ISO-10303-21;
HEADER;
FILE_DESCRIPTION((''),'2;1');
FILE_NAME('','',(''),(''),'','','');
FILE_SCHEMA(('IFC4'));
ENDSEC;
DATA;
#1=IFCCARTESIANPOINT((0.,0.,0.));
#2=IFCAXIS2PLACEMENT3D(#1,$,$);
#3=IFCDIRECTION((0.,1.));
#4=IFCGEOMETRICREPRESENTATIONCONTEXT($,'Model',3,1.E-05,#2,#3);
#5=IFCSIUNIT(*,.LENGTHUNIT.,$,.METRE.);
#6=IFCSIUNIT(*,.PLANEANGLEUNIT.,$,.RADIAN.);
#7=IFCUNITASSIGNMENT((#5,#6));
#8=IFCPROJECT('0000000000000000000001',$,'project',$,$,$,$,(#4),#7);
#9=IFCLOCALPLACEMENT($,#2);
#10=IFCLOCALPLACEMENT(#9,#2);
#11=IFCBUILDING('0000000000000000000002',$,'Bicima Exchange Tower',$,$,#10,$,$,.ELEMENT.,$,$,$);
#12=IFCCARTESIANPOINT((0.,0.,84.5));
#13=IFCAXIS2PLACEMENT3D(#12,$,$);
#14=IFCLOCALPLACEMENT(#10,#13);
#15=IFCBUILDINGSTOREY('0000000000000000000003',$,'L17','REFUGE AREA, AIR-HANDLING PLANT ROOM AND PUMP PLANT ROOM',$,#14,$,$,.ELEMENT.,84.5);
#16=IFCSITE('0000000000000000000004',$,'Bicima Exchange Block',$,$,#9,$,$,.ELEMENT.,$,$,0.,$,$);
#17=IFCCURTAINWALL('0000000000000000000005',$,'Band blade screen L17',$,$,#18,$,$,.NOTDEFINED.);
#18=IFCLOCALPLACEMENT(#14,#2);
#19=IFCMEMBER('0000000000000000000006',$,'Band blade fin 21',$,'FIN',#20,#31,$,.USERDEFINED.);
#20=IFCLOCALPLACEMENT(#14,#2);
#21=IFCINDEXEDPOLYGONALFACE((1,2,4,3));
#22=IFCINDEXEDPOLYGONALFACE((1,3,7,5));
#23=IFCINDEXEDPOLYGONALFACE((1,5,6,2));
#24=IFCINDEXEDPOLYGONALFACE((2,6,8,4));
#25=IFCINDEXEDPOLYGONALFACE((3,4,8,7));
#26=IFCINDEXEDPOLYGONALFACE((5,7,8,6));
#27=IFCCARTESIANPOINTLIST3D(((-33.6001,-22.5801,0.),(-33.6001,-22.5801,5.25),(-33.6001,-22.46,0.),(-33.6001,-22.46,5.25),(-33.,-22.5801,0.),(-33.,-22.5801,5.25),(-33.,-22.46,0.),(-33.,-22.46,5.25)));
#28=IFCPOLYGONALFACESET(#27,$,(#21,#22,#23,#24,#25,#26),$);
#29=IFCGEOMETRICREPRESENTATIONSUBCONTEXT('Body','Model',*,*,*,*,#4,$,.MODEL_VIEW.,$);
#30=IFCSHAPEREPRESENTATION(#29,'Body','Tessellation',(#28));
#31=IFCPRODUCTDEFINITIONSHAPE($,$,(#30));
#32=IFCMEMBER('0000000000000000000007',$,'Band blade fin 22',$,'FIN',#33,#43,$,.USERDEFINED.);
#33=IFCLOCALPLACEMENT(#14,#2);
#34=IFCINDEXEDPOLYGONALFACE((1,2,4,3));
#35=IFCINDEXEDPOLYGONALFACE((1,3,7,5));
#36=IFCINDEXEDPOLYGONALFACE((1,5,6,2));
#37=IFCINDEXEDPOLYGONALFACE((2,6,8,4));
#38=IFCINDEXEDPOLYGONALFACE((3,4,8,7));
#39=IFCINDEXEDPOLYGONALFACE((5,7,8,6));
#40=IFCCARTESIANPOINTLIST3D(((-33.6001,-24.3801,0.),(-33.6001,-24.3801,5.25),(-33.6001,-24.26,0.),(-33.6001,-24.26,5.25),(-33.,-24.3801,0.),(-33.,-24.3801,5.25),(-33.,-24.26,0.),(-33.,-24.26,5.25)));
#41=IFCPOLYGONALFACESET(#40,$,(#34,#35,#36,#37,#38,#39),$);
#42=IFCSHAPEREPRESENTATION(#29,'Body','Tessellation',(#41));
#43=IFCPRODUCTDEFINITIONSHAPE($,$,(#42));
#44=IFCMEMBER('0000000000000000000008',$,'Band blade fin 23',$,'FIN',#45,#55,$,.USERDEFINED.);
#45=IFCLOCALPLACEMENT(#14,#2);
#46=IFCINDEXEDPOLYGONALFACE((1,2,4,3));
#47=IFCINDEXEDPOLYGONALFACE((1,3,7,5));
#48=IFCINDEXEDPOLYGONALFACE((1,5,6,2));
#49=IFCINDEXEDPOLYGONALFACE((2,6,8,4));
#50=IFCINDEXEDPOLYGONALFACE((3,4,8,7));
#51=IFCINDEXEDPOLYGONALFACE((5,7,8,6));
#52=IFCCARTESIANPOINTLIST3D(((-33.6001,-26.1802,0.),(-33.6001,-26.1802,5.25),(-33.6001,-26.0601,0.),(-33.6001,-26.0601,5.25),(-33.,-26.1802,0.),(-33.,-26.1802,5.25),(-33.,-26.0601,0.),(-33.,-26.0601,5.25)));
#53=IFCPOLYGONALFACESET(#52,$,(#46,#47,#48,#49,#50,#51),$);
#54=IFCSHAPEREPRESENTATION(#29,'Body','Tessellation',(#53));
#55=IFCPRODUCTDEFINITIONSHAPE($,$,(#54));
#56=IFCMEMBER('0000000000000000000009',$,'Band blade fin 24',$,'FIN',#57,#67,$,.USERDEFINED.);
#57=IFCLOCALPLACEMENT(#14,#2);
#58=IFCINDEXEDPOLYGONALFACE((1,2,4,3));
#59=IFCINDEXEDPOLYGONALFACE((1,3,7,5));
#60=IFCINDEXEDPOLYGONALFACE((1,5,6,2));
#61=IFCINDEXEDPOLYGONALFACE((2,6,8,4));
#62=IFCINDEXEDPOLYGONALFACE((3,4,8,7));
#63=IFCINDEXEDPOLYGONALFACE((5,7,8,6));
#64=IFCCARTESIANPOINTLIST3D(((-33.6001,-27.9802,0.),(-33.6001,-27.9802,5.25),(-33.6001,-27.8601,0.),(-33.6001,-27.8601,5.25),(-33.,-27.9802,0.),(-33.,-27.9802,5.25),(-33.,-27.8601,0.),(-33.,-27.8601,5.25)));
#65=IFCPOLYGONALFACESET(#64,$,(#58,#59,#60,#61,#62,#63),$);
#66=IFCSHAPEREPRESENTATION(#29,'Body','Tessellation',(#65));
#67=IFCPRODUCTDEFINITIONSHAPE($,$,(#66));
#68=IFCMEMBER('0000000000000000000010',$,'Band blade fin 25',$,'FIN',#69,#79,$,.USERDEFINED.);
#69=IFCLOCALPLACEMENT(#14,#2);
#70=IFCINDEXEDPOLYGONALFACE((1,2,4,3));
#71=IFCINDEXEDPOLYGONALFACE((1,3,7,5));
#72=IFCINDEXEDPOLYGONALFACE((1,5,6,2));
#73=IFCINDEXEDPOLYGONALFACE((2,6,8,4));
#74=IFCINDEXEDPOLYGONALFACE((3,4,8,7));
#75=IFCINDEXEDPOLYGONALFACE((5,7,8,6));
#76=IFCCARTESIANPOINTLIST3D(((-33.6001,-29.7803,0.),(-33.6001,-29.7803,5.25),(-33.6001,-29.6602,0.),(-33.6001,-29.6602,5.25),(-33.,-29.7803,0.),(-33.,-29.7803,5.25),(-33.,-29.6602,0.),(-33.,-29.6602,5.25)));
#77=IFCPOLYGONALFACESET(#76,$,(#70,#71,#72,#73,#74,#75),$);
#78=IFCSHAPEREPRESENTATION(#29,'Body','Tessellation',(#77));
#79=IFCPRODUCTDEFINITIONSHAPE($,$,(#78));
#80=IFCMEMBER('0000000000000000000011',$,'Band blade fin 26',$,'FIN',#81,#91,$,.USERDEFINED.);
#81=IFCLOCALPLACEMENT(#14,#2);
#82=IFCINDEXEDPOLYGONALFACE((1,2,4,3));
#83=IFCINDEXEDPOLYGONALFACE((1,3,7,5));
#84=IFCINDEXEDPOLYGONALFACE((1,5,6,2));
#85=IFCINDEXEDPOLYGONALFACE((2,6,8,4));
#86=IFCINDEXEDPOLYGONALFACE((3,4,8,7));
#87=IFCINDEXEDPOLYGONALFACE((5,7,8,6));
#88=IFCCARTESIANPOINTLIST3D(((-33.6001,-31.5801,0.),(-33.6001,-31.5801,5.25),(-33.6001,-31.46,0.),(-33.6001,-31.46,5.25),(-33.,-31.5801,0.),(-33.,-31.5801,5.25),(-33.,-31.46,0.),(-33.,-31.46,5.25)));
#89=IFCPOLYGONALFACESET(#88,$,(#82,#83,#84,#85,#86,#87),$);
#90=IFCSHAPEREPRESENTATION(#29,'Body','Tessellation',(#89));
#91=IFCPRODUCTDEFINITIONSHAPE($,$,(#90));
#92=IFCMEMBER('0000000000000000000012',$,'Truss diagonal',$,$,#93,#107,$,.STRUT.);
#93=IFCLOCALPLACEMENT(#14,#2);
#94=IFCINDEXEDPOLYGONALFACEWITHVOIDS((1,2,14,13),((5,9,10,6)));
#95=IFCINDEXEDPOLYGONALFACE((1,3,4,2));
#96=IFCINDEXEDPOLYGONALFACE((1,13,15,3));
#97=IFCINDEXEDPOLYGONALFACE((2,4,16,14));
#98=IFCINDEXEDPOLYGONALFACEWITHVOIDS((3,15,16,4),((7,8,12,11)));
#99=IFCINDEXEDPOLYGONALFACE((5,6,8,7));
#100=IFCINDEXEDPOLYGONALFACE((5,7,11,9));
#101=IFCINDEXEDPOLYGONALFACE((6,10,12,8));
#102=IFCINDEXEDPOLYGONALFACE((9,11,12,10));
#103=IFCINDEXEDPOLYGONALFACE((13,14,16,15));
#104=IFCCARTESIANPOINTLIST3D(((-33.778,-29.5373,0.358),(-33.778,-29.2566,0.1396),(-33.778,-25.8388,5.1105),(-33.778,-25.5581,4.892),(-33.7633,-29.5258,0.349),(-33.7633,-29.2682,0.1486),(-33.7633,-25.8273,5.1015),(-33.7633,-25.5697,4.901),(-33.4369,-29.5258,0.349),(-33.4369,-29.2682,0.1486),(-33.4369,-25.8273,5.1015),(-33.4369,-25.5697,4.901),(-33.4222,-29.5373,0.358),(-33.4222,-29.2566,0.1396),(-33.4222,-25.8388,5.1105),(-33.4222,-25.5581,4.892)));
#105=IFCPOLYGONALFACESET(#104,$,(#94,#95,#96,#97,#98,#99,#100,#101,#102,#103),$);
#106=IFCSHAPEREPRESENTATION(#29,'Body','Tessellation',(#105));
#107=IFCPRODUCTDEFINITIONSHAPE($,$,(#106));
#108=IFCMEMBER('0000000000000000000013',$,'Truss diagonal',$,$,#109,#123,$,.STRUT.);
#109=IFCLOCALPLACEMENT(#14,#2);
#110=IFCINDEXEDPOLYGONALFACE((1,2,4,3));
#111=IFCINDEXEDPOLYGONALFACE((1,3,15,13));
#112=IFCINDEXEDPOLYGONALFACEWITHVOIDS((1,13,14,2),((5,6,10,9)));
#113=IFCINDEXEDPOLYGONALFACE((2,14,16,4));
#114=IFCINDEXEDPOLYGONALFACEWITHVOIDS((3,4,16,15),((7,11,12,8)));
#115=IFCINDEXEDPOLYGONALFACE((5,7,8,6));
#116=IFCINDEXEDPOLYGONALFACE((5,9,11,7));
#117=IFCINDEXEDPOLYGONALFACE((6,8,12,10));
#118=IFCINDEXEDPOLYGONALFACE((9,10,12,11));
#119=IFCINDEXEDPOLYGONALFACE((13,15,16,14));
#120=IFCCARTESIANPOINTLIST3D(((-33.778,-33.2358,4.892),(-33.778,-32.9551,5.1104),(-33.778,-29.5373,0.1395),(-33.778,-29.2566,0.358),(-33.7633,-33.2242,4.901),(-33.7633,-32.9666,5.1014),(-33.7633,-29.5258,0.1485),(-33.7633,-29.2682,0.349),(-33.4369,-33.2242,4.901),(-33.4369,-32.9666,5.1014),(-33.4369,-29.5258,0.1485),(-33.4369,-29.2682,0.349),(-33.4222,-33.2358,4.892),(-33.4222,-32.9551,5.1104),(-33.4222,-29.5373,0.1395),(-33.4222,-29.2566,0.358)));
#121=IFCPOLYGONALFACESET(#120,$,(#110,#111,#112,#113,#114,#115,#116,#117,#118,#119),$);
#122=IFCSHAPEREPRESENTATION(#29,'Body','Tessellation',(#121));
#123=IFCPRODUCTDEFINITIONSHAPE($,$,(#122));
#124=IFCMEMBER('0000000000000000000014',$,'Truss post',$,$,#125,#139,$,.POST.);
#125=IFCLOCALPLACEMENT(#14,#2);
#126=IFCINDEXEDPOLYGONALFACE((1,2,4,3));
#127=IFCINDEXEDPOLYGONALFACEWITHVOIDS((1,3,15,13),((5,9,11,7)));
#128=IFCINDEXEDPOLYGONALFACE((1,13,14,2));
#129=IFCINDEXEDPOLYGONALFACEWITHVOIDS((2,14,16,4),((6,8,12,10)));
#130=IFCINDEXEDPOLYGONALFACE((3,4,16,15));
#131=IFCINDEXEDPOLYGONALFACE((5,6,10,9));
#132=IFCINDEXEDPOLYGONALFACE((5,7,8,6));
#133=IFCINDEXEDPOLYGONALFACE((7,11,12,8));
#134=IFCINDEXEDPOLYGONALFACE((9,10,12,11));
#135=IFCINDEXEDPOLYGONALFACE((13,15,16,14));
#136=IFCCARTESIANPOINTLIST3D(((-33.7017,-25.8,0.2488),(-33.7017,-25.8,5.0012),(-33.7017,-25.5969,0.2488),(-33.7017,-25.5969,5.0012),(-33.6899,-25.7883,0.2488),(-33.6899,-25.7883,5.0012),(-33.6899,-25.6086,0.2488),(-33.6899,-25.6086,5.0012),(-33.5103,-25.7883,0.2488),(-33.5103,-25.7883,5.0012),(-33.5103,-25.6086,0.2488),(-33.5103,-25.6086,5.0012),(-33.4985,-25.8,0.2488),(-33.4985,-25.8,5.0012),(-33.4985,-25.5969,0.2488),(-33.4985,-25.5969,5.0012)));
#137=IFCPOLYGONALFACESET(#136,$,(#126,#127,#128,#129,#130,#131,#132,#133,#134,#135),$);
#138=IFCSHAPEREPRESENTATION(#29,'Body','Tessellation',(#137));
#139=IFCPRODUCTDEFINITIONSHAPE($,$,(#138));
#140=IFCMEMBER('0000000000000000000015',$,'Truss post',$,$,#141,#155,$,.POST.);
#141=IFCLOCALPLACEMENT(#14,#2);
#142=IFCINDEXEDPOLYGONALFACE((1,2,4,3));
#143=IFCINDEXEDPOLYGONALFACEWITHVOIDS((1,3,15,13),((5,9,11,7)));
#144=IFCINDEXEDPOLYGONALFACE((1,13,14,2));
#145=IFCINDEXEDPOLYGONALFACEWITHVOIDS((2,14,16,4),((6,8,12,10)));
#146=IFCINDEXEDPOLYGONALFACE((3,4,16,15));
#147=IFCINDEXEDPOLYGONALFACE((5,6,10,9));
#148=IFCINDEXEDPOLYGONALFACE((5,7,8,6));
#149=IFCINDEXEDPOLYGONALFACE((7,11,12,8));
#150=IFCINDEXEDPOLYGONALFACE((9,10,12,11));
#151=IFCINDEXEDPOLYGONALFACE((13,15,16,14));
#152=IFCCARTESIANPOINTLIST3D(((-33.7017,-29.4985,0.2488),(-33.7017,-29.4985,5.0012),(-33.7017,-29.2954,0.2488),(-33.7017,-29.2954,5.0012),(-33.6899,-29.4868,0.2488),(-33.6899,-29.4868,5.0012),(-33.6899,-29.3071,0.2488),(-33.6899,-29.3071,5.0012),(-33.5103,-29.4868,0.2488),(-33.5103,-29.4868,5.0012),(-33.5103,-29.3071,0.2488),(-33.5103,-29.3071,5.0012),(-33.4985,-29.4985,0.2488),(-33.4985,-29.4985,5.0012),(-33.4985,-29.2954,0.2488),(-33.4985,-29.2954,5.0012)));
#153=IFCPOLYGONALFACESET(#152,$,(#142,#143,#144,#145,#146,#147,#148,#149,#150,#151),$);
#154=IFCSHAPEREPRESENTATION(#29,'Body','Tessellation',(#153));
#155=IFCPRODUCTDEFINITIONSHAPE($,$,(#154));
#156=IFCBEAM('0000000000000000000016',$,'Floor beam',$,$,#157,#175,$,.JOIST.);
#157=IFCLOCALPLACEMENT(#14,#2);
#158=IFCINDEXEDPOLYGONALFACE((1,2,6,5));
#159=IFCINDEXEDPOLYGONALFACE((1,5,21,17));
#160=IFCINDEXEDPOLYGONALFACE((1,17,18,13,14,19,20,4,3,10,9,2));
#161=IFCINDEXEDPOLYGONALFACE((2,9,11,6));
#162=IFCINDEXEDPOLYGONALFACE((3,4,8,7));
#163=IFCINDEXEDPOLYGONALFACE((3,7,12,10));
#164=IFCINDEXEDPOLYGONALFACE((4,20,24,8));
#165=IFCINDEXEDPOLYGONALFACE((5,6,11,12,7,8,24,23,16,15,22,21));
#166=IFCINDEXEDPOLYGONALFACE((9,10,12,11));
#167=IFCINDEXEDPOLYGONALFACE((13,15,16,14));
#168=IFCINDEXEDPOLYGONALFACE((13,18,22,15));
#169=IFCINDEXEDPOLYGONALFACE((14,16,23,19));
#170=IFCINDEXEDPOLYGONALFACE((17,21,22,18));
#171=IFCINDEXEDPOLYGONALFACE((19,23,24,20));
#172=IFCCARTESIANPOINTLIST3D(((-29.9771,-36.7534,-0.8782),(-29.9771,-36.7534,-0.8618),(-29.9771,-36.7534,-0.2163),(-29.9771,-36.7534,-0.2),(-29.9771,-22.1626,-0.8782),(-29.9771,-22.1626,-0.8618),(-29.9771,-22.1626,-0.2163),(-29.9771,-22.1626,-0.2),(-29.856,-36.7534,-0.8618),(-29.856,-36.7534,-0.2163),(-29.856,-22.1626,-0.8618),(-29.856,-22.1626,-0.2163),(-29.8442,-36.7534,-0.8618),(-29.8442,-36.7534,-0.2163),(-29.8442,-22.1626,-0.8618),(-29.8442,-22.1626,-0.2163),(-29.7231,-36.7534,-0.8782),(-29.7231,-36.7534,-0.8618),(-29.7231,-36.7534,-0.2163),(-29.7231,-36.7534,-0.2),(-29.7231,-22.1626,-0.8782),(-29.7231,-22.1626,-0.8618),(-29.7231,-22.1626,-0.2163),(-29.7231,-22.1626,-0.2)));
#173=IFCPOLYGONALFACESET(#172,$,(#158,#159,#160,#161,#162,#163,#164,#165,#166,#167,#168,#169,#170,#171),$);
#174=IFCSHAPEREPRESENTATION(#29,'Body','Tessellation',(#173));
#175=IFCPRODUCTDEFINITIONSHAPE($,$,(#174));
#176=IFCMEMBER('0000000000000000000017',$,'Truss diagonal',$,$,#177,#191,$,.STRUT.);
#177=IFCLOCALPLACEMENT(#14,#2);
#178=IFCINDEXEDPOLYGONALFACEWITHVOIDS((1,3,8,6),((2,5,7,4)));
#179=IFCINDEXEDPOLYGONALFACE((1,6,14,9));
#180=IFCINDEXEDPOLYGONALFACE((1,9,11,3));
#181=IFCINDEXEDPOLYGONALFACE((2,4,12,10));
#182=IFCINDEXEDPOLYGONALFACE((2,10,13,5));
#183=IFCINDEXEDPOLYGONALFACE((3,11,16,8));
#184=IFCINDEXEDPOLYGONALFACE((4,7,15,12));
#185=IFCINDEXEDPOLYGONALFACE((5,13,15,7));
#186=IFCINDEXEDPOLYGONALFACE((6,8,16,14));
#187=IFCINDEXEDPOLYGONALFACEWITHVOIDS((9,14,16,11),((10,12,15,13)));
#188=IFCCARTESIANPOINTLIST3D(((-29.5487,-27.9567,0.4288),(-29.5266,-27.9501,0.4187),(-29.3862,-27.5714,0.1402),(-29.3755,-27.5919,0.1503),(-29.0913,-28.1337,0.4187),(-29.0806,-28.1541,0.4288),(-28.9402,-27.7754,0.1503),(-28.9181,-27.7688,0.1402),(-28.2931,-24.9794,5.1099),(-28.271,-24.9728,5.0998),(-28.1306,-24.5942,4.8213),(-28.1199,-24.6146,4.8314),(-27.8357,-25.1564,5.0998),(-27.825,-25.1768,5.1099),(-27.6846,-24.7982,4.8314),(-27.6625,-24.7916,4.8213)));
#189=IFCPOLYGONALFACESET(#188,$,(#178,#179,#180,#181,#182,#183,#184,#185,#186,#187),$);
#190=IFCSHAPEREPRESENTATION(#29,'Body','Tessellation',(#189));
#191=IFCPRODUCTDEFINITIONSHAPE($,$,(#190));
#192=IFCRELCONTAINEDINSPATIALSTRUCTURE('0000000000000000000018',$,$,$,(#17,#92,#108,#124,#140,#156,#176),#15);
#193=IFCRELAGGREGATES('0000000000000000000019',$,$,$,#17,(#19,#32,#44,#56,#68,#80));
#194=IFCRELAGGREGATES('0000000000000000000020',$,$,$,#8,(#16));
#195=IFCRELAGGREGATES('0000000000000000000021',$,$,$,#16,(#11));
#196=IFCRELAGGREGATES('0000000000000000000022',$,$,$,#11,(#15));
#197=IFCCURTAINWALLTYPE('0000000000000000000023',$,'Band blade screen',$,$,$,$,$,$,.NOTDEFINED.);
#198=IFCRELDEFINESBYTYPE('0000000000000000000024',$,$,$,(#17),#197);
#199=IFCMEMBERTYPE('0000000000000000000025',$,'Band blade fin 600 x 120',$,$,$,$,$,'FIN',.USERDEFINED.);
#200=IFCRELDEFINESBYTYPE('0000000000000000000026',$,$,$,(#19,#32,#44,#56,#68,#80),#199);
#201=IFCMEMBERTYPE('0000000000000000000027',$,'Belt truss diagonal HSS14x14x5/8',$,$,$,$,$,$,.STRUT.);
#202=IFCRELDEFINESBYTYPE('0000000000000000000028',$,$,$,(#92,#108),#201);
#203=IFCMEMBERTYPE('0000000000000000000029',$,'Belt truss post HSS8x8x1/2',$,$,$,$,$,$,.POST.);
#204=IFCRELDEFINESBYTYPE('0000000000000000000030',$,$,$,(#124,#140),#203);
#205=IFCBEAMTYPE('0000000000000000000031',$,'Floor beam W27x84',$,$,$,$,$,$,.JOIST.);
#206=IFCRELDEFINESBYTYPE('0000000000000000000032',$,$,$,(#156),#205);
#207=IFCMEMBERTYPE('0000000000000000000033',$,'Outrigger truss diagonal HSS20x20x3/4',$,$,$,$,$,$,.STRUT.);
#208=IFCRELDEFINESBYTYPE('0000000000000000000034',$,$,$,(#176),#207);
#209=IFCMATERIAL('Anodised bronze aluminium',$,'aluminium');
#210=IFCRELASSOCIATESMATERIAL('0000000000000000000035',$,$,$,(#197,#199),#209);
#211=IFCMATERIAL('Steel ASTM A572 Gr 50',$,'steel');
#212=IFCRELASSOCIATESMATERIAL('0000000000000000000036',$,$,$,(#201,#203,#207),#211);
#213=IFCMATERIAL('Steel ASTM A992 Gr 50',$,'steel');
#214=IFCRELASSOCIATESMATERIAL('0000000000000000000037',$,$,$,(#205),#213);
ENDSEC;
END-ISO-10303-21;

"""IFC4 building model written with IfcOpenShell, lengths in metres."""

from ifc_helpers import new_model, si_unit, direction, frame, origin, origin_2d, place, context, subcontext, project, spatial, rectangle, hollow_rectangle, i_section, extrude, material, material_profile, profile_set, type_object, element, aggregate, save


model = new_model("IFC4")

# Units and contexts
model_context = context("Model", 3, precision=1e-05, world=origin(), true_north=direction((0.0, 1.0)))
body_context = subcontext(model_context, "Body", "Model", "MODEL_VIEW")
ifc_project = project(units=[si_unit("LENGTHUNIT", "METRE"), si_unit("PLANEANGLEUNIT", "RADIAN")], contexts=[model_context])

# Site, building, storey
site_placement = place(None, origin())
site = spatial("IfcSite", under=ifc_project, at=site_placement, Name="Bicima Exchange Block", CompositionType="ELEMENT", RefElevation=0.0)
building_placement = place(site_placement, origin())
building = spatial("IfcBuilding", under=site, at=building_placement, Name="Bicima Exchange Tower", CompositionType="ELEMENT")
storey_placement = place(building_placement, frame((0.0, 0.0, 84.5)))
storey = spatial("IfcBuildingStorey", under=building, at=storey_placement, Name="L17", Description="REFUGE AREA, AIR-HANDLING PLANT ROOM AND PUMP PLANT ROOM", CompositionType="ELEMENT", Elevation=84.5)

# Curtain wall, members
ifc_material_1 = material(Name="Anodised bronze aluminium", Category="aluminium")
curtain_wall_type = type_object("IfcCurtainWallType", Name="Band blade screen", PredefinedType="NOTDEFINED", material=ifc_material_1)
curtain_wall_placement = place(storey_placement, origin())
curtain_wall = element("IfcCurtainWall", 1, at=curtain_wall_placement, inside=storey, type_object=curtain_wall_type, Name="Band blade screen L17", PredefinedType="NOTDEFINED")
ifc_material_profile_1 = material_profile(ifc_material_1, rectangle(XDim=0.6001, YDim=0.1201, at=origin_2d()))
ifc_profile_set_1 = profile_set([ifc_material_profile_1], Name="Anodised bronze aluminium")
member_type_1 = type_object("IfcMemberType", Name="Band blade fin 600 x 120", ElementType="FIN", PredefinedType="USERDEFINED", material=ifc_profile_set_1)
member_1_placement = place(storey_placement, frame((-33.3, -22.52, 0.0), z_axis=(0.0, 0.0, 1.0), x_axis=(1.0, 0.0, 0.0)))
member_1 = element("IfcMember", 2, at=member_1_placement, type_object=member_type_1, Name="Band blade fin 21", ObjectType="FIN", PredefinedType="USERDEFINED", context=body_context, shape_type="SweptSolid", body=[
    extrude(rectangle(XDim=0.6001, YDim=0.1201, at=origin_2d()), origin(), (0.0, 0.0, 1.0), 5.25),
])
member_2_placement = place(storey_placement, frame((-33.3, -24.3201, 0.0), z_axis=(0.0, 0.0, 1.0), x_axis=(1.0, 0.0, 0.0)))
member_2 = element("IfcMember", 3, at=member_2_placement, type_object=member_type_1, Name="Band blade fin 22", ObjectType="FIN", PredefinedType="USERDEFINED", context=body_context, shape_type="SweptSolid", body=[
    extrude(rectangle(XDim=0.6001, YDim=0.1201, at=origin_2d()), origin(), (0.0, 0.0, 1.0), 5.25),
])
member_3_placement = place(storey_placement, frame((-33.3, -26.1201, 0.0), z_axis=(0.0, 0.0, 1.0), x_axis=(1.0, 0.0, 0.0)))
member_3 = element("IfcMember", 4, at=member_3_placement, type_object=member_type_1, Name="Band blade fin 23", ObjectType="FIN", PredefinedType="USERDEFINED", context=body_context, shape_type="SweptSolid", body=[
    extrude(rectangle(XDim=0.6001, YDim=0.1201, at=origin_2d()), origin(), (0.0, 0.0, 1.0), 5.25),
])
member_4_placement = place(storey_placement, frame((-33.3, -27.9202, 0.0), z_axis=(0.0, 0.0, 1.0), x_axis=(1.0, 0.0, 0.0)))
member_4 = element("IfcMember", 5, at=member_4_placement, type_object=member_type_1, Name="Band blade fin 24", ObjectType="FIN", PredefinedType="USERDEFINED", context=body_context, shape_type="SweptSolid", body=[
    extrude(rectangle(XDim=0.6001, YDim=0.1201, at=origin_2d()), origin(), (0.0, 0.0, 1.0), 5.25),
])
member_5_placement = place(storey_placement, frame((-33.3, -29.7202, 0.0), z_axis=(0.0, 0.0, 1.0), x_axis=(1.0, 0.0, 0.0)))
member_5 = element("IfcMember", 6, at=member_5_placement, type_object=member_type_1, Name="Band blade fin 25", ObjectType="FIN", PredefinedType="USERDEFINED", context=body_context, shape_type="SweptSolid", body=[
    extrude(rectangle(XDim=0.6001, YDim=0.1201, at=origin_2d()), origin(), (0.0, 0.0, 1.0), 5.25),
])
member_6_placement = place(storey_placement, frame((-33.3, -31.52, 0.0), z_axis=(0.0, 0.0, 1.0), x_axis=(1.0, 0.0, 0.0)))
member_6 = element("IfcMember", 7, at=member_6_placement, type_object=member_type_1, Name="Band blade fin 26", ObjectType="FIN", PredefinedType="USERDEFINED", context=body_context, shape_type="SweptSolid", body=[
    extrude(rectangle(XDim=0.6001, YDim=0.1201, at=origin_2d()), origin(), (0.0, 0.0, 1.0), 5.25),
])
aggregate(curtain_wall, [member_1, member_2, member_3, member_4, member_5, member_6])

# Members
ifc_material_2 = material(Name="Steel ASTM A572 Gr 50", Category="steel")
ifc_material_profile_2 = material_profile(ifc_material_2, hollow_rectangle(XDim=0.3557, YDim=0.3557, WallThickness=0.0146, at=origin_2d()))
ifc_profile_set_2 = profile_set([ifc_material_profile_2], Name="Steel ASTM A572 Gr 50")
member_type_2 = type_object("IfcMemberType", Name="Belt truss diagonal HSS14x14x5/8", PredefinedType="STRUT", material=ifc_profile_set_2)
for number, where, z_axis, x_axis, name in (
    (8, (-33.6001, -25.6985, 5.0012), (0.0, -0.614162, -0.78918), (1.0, 0.0, 0.0), "Truss diagonal"),
    (9, (-33.6001, -29.397, 0.2488), (0.0, -0.614162, 0.78918), (1.0, 0.0, 0.0), "Truss diagonal"),
):
    element("IfcMember", number, at=place(storey_placement, frame(where, z_axis=z_axis, x_axis=x_axis)), inside=storey, type_object=member_type_2, Name=name, PredefinedType="STRUT", context=body_context, shape_type="SweptSolid", body=[
        extrude(hollow_rectangle(XDim=0.3557, YDim=0.3557, WallThickness=0.0146, at=origin_2d()), origin(), (0.0, 0.0, 1.0), 6.022),
    ])
ifc_material_profile_3 = material_profile(ifc_material_2, hollow_rectangle(XDim=0.2031, YDim=0.2031, WallThickness=0.0117, at=origin_2d()))
ifc_profile_set_3 = profile_set([ifc_material_profile_3], Name="Steel ASTM A572 Gr 50")
member_type_3 = type_object("IfcMemberType", Name="Belt truss post HSS8x8x1/2", PredefinedType="POST", material=ifc_profile_set_3)
for number, where, z_axis, x_axis, name in (
    (10, (-33.6001, -25.6985, 0.2488), (0.0, 0.0, 1.0), (1.0, 0.0, 0.0), "Truss post"),
    (11, (-33.6001, -29.397, 0.2488), (0.0, 0.0, 1.0), (1.0, 0.0, 0.0), "Truss post"),
):
    element("IfcMember", number, at=place(storey_placement, frame(where, z_axis=z_axis, x_axis=x_axis)), inside=storey, type_object=member_type_3, Name=name, PredefinedType="POST", context=body_context, shape_type="SweptSolid", body=[
        extrude(hollow_rectangle(XDim=0.2031, YDim=0.2031, WallThickness=0.0117, at=origin_2d()), origin(), (0.0, 0.0, 1.0), 4.7524),
    ])

# Beam
ifc_material_3 = material(Name="Steel ASTM A992 Gr 50", Category="steel")
ifc_material_profile_4 = material_profile(ifc_material_3, i_section(OverallWidth=0.2539, OverallDepth=0.6782, WebThickness=0.0117, FlangeThickness=0.0164, at=origin_2d()))
ifc_profile_set_4 = profile_set([ifc_material_profile_4], Name="Steel ASTM A992 Gr 50")
beam_type = type_object("IfcBeamType", Name="Floor beam W27x84", PredefinedType="JOIST", material=ifc_profile_set_4)
beam_placement = place(storey_placement, frame((-29.8501, -22.1626, -0.5391), z_axis=(0.0, -1.0, 0.0), x_axis=(1.0, 0.0, 0.0)))
element("IfcBeam", 12, at=beam_placement, inside=storey, type_object=beam_type, Name="Floor beam", PredefinedType="JOIST", context=body_context, shape_type="SweptSolid", body=[
    extrude(i_section(OverallWidth=0.2539, OverallDepth=0.6782, WebThickness=0.0117, FlangeThickness=0.0164, at=origin_2d()), origin(), (0.0, 0.0, 1.0), 14.5908),
])

# Member
ifc_material_profile_5 = material_profile(ifc_material_2, hollow_rectangle(XDim=0.5081, YDim=0.5081, WallThickness=0.0178, at=origin_2d()))
ifc_profile_set_5 = profile_set([ifc_material_profile_5], Name="Steel ASTM A572 Gr 50")
member_type_4 = type_object("IfcMemberType", Name="Outrigger truss diagonal HSS20x20x3/4", PredefinedType="STRUT", material=ifc_profile_set_5)
for number, where, z_axis, x_axis, name in (
    (13, (-27.9778, -24.8855, 4.9656), (-0.220746, -0.523429, -0.822979), (0.921412, -0.388587, 0.0), "Truss diagonal"),
):
    element("IfcMember", number, at=place(storey_placement, frame(where, z_axis=z_axis, x_axis=x_axis)), inside=storey, type_object=member_type_4, Name=name, PredefinedType="STRUT", context=body_context, shape_type="SweptSolid", body=[
        extrude(hollow_rectangle(XDim=0.5081, YDim=0.5081, WallThickness=0.0178, at=origin_2d()), origin(), (0.0, 0.0, 1.0), 5.688),
    ])

save(model, "model.ifc")
